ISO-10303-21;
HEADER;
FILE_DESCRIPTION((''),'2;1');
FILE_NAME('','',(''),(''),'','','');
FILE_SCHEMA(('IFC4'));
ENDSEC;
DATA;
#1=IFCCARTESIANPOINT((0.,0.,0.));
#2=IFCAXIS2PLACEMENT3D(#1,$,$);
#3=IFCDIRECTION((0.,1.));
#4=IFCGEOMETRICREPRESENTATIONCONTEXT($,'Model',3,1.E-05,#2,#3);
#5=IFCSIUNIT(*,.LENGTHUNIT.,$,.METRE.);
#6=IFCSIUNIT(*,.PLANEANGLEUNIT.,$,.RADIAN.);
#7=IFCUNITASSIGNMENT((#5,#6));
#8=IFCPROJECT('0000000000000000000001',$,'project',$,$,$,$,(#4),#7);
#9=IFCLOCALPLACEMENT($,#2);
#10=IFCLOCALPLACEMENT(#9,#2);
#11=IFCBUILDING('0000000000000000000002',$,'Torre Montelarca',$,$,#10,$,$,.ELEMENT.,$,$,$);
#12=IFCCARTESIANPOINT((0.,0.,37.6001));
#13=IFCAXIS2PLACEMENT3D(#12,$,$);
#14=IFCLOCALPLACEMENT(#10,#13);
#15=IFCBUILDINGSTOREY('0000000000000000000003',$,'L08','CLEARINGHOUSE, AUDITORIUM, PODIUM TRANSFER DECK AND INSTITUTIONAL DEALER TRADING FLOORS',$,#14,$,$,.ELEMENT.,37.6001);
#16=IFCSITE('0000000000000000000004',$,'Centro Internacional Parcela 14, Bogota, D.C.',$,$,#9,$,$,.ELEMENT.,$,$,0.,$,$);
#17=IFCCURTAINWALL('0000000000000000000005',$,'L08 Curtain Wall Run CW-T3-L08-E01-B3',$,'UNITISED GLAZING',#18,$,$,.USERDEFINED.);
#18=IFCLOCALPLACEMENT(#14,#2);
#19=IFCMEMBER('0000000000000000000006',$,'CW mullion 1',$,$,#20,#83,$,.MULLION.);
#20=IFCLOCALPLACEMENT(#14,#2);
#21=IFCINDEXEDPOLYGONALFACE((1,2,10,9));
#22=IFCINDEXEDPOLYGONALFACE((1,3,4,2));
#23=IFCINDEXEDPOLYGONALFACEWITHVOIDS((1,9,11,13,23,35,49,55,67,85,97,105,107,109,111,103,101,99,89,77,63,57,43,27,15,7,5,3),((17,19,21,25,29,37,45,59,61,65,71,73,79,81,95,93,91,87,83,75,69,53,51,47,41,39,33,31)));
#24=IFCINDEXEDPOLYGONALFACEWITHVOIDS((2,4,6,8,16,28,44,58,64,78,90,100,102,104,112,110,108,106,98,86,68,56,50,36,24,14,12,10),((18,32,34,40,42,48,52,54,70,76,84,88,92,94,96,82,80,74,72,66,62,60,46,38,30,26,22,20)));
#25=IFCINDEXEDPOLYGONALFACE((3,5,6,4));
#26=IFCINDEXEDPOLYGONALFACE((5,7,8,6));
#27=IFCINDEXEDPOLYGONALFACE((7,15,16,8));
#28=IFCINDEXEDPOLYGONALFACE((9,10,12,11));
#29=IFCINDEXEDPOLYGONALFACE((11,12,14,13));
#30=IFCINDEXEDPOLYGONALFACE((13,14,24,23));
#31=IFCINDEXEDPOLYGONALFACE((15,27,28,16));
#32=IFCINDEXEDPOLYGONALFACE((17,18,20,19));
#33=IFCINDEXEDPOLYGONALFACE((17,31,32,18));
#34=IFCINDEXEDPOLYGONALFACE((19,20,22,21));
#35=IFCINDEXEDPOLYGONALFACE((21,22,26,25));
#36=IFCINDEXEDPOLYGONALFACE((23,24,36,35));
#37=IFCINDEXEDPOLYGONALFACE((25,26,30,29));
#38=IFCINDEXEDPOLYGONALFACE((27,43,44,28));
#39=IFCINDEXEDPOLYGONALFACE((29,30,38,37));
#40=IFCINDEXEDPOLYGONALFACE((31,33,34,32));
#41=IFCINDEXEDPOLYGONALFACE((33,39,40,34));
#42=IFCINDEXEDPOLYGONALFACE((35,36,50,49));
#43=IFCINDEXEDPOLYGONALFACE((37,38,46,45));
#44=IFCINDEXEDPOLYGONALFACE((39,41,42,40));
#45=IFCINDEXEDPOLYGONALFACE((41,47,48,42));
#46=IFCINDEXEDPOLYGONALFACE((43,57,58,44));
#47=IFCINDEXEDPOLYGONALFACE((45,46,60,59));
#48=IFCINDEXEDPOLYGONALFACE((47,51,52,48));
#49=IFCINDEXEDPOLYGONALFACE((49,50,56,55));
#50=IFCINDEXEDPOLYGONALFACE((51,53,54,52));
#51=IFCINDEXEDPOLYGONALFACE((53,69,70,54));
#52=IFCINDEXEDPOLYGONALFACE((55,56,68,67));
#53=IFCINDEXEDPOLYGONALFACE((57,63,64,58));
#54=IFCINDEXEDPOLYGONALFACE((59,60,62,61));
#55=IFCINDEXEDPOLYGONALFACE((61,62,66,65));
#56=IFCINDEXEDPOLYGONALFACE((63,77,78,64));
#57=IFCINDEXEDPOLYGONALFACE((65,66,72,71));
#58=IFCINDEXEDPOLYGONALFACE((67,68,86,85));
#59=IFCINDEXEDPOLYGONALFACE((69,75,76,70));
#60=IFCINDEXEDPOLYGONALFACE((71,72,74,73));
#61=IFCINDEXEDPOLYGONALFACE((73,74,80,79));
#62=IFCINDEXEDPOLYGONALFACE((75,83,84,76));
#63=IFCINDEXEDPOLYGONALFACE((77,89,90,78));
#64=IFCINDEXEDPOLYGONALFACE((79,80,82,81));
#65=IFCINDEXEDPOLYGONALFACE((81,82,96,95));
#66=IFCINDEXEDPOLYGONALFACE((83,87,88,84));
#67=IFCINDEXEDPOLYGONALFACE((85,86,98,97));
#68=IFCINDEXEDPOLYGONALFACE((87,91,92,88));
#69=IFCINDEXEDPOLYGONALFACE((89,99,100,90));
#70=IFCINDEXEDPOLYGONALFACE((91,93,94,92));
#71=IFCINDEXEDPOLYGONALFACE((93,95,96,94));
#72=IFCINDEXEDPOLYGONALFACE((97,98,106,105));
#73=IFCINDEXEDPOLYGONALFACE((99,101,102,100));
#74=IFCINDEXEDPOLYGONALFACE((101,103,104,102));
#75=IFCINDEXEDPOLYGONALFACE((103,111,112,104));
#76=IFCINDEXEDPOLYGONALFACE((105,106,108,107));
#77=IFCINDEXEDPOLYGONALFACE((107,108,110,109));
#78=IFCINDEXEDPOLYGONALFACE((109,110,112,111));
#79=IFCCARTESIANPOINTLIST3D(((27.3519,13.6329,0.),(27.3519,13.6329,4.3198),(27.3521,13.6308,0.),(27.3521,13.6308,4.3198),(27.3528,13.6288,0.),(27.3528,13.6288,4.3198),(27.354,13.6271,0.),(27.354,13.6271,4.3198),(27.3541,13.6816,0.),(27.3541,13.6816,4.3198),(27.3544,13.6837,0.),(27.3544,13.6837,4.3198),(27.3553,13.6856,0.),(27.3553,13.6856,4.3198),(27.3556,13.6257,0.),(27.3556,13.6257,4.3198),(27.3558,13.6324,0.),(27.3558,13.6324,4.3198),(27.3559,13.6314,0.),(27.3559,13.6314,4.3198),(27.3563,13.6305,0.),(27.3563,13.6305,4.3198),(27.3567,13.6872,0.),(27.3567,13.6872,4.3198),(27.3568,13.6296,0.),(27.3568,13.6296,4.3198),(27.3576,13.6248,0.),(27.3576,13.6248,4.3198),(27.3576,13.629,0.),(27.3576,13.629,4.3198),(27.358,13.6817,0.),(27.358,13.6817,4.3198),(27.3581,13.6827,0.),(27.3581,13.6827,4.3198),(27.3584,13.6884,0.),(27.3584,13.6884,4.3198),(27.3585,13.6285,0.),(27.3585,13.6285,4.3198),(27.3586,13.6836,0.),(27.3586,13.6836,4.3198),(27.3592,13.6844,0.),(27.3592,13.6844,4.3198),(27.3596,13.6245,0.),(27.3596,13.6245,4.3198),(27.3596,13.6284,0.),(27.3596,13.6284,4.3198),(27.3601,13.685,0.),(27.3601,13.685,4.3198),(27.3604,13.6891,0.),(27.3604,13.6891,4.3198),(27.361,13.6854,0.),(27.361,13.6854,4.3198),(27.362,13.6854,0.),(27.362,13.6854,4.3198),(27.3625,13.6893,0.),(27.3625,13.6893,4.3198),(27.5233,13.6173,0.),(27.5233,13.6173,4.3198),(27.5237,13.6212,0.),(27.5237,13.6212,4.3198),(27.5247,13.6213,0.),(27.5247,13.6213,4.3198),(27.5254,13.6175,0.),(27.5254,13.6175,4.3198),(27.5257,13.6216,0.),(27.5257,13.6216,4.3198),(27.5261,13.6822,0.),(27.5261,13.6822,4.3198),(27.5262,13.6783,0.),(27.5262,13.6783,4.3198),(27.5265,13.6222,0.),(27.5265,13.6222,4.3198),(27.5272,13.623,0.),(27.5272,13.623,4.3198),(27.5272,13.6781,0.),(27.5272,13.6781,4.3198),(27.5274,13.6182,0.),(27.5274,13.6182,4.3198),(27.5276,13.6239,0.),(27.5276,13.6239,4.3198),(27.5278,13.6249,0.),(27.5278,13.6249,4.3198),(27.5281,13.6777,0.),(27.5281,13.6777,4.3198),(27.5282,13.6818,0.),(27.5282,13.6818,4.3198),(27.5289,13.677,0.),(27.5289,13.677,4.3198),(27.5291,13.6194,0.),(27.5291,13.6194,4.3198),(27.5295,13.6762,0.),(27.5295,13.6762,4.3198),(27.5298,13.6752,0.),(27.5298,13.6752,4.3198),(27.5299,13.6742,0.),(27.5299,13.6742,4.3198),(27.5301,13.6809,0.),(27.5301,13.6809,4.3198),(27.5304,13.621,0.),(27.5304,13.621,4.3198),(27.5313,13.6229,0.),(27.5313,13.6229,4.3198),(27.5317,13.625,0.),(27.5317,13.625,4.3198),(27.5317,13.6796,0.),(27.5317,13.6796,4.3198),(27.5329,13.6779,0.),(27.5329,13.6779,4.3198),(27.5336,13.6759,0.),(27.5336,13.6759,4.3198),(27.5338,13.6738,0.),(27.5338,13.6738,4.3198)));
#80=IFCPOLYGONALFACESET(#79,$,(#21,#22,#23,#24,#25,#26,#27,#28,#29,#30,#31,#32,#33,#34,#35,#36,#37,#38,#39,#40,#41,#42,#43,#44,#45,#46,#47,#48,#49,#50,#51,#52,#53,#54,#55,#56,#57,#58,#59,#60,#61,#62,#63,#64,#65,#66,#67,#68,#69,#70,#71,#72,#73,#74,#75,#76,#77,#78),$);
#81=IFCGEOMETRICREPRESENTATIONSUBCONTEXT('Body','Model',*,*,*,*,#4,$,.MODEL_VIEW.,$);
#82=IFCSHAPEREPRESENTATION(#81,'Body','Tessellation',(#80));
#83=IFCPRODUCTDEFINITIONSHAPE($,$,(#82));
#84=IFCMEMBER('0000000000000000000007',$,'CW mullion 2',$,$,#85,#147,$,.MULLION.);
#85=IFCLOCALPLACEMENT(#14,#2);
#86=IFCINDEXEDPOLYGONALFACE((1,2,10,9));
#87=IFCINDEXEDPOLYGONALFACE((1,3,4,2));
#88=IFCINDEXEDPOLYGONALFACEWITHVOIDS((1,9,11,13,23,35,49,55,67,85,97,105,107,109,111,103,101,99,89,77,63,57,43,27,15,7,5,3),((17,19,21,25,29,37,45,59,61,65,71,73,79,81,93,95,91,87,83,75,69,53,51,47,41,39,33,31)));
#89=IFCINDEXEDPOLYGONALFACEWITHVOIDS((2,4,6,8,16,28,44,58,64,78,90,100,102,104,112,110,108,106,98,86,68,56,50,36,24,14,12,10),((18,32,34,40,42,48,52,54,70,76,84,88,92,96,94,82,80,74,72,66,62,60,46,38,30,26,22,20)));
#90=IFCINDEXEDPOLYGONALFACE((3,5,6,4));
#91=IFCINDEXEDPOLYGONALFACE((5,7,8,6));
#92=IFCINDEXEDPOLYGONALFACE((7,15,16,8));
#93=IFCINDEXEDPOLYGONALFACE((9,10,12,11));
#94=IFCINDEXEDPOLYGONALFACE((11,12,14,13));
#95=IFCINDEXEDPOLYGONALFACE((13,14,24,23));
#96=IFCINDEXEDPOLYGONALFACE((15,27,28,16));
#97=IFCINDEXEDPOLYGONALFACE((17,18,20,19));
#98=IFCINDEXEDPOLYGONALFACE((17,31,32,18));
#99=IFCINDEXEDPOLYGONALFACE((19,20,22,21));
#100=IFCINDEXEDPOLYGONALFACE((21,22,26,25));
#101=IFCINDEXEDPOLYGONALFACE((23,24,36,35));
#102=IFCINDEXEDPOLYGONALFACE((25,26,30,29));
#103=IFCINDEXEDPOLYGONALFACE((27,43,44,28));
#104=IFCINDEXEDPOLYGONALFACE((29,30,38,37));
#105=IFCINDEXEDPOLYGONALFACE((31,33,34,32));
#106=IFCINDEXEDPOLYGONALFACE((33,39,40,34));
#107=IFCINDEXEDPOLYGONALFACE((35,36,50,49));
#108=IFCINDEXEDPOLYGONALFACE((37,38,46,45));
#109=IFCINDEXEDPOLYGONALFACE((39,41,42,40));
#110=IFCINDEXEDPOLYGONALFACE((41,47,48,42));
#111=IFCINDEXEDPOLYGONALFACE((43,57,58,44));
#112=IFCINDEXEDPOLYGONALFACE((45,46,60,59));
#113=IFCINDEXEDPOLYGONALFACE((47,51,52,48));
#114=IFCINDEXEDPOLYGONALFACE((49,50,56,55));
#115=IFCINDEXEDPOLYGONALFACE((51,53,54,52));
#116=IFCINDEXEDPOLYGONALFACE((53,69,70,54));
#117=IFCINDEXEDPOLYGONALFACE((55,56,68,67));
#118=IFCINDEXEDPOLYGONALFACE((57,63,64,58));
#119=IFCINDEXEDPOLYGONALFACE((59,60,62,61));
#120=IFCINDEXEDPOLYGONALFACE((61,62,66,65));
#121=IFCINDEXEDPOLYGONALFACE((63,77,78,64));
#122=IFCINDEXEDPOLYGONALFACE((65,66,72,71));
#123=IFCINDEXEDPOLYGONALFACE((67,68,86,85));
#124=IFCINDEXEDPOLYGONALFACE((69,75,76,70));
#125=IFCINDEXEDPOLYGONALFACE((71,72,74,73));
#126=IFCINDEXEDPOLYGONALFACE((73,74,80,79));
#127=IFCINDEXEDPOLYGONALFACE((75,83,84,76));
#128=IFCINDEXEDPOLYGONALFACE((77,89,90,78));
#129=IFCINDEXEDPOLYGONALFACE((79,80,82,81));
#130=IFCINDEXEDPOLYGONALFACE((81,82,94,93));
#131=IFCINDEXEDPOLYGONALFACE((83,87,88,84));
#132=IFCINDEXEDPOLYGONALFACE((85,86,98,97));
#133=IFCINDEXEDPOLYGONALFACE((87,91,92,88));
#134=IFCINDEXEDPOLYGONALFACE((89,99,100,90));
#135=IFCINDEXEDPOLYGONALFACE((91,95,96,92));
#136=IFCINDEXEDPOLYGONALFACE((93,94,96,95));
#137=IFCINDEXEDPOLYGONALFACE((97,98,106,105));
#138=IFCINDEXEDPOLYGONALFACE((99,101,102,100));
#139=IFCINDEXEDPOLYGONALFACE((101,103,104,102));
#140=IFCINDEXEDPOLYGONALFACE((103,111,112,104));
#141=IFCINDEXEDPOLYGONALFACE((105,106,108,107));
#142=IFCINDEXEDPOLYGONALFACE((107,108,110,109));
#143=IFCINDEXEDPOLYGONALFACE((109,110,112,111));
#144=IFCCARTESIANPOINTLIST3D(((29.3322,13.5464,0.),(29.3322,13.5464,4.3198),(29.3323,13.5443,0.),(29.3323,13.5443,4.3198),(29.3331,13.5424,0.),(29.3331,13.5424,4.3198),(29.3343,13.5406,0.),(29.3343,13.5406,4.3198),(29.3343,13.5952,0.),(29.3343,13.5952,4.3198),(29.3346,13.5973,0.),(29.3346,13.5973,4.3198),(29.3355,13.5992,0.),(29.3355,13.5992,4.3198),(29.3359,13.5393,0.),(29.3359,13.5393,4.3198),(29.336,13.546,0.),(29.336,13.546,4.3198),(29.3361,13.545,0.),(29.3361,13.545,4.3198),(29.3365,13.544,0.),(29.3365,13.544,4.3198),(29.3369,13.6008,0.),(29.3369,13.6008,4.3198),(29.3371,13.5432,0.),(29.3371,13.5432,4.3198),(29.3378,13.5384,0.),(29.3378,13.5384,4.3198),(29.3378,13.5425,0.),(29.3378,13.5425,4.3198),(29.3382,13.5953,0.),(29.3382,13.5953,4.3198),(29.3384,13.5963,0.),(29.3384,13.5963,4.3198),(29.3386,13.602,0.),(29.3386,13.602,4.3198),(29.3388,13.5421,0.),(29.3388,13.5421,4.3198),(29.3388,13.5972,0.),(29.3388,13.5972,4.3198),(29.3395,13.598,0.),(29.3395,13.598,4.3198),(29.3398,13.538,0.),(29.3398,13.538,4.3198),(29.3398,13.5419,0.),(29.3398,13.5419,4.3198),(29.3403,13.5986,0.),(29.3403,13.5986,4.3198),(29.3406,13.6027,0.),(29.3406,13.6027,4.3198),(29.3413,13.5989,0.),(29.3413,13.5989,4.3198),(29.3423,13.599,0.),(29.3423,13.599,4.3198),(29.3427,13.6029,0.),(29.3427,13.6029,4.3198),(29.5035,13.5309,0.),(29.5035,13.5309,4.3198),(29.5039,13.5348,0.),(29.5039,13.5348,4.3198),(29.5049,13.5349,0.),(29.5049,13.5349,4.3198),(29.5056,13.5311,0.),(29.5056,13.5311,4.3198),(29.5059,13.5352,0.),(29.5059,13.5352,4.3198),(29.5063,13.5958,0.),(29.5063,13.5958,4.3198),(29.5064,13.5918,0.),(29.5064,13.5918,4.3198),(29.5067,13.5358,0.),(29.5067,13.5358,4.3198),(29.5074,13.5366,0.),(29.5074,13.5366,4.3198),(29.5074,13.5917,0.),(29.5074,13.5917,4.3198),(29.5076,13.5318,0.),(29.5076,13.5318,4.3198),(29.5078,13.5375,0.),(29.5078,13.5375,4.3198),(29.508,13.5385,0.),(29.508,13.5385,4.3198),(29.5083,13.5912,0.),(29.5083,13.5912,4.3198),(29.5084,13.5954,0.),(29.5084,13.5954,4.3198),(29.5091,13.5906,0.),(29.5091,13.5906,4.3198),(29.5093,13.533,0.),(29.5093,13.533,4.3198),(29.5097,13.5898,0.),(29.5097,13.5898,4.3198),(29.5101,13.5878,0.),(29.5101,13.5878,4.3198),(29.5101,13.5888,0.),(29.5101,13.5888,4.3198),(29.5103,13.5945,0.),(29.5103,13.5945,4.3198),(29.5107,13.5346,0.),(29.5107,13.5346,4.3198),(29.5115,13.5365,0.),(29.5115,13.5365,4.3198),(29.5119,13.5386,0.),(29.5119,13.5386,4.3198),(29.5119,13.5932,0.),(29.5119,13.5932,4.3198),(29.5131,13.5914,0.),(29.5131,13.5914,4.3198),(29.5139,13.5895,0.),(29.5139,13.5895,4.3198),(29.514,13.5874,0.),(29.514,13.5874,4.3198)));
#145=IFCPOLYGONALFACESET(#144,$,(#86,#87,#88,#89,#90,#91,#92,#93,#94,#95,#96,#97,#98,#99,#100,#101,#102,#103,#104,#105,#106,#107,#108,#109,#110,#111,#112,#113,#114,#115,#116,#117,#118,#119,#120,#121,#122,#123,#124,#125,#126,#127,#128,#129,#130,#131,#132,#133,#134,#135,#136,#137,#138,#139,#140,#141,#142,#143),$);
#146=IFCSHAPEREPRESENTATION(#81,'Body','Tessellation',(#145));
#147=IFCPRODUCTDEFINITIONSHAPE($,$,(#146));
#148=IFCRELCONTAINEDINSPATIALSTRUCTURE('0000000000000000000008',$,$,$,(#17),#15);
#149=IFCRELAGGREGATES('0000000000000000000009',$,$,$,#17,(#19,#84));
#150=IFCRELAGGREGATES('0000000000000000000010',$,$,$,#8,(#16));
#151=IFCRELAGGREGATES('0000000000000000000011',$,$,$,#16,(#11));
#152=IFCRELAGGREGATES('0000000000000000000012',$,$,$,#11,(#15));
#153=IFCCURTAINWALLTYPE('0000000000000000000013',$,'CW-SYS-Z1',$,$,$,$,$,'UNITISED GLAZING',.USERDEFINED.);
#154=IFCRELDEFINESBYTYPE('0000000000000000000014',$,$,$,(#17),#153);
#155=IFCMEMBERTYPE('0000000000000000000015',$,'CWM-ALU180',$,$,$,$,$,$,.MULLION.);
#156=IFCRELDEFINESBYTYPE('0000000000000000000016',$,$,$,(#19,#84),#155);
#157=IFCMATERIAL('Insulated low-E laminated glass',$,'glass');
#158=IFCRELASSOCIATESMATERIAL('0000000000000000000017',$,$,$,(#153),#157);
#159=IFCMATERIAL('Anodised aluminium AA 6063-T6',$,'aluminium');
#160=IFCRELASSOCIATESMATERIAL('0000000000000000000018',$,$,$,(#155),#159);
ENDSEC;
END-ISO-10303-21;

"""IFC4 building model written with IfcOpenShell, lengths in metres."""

from ifc_helpers import new_model, si_unit, direction, frame, origin, origin_2d, place, context, subcontext, project, spatial, hollow_rectangle, extrude, source, transform, mapped, material, material_profile, profile_set, type_object, element, aggregate, save


model = new_model("IFC4")

# Units and contexts
model_context = context("Model", 3, precision=1e-05, world=origin(), true_north=direction((0.0, 1.0)))
body_context = subcontext(model_context, "Body", "Model", "MODEL_VIEW")
ifc_project = project(units=[si_unit("LENGTHUNIT", "METRE"), si_unit("PLANEANGLEUNIT", "RADIAN")], contexts=[model_context])

# Site, building, storey
site_placement = place(None, origin())
site = spatial("IfcSite", under=ifc_project, at=site_placement, Name="Centro Internacional Parcela 14, Bogota, D.C.", CompositionType="ELEMENT", RefElevation=0.0)
building_placement = place(site_placement, origin())
building = spatial("IfcBuilding", under=site, at=building_placement, Name="Torre Montelarca", CompositionType="ELEMENT")
storey_placement = place(building_placement, frame((0.0, 0.0, 37.6001)))
storey = spatial("IfcBuildingStorey", under=building, at=storey_placement, Name="L08", Description="CLEARINGHOUSE, AUDITORIUM, PODIUM TRANSFER DECK AND INSTITUTIONAL DEALER TRADING FLOORS", CompositionType="ELEMENT", Elevation=37.6001)

# Curtain wall
ifc_material_1 = material(Name="Insulated low-E laminated glass", Category="glass")
curtain_wall_type = type_object("IfcCurtainWallType", Name="CW-SYS-Z1", ElementType="UNITISED GLAZING", PredefinedType="USERDEFINED", material=ifc_material_1)
curtain_wall_1_placement = place(storey_placement, origin())
curtain_wall_1 = element("IfcCurtainWall", 1, at=curtain_wall_1_placement, inside=storey, type_object=curtain_wall_type, Name="L08 Curtain Wall Run CW-T3-L08-E01-B3", ObjectType="UNITISED GLAZING", PredefinedType="USERDEFINED")
ifc_material_2 = material(Name="Anodised aluminium AA 6063-T6", Category="aluminium")
ifc_material_profile_1 = material_profile(ifc_material_2, hollow_rectangle(XDim=0.0649, YDim=0.1799, WallThickness=0.0039, InnerFilletRadius=0.0039, OuterFilletRadius=0.0081, at=origin_2d()), Name="ALU65X180X4", Category="aluminium")
ifc_profile_set_1 = profile_set([ifc_material_profile_1], Name="Anodised aluminium AA 6063-T6")
member_type_1 = type_object("IfcMemberType", Name="CWM-ALU180", PredefinedType="MULLION", material=ifc_profile_set_1)
shared_shape_1 = source(origin(), body_context, "Body", "SweptSolid", [
    extrude(hollow_rectangle(XDim=0.0649, YDim=0.1799, WallThickness=0.0039, InnerFilletRadius=0.0039, OuterFilletRadius=0.0081, at=origin_2d()), origin(), (0.0, 0.0, 1.0), 4.3198),
])

# Members
member_1_placement = place(storey_placement, frame((27.4429, 13.6533, 0.0), z_axis=(0.0, 0.0, 1.0), x_axis=(0.043606, 0.999049, 0.0)))
member_1 = element("IfcMember", 2, at=member_1_placement, type_object=member_type_1, Name="CW mullion 1", PredefinedType="MULLION", context=body_context, shape_type="MappedRepresentation", body=[
    mapped(shared_shape_1, transform((0.0, 0.0, 0.0), scale=1.0)),
])
member_2_placement = place(storey_placement, frame((29.4231, 13.5669, 0.0), z_axis=(0.0, 0.0, 1.0), x_axis=(0.043606, 0.999049, 0.0)))
member_2 = element("IfcMember", 3, at=member_2_placement, type_object=member_type_1, Name="CW mullion 2", PredefinedType="MULLION", context=body_context, shape_type="MappedRepresentation", body=[
    mapped(shared_shape_1, transform((0.0, 0.0, 0.0), scale=1.0)),
])

aggregate(curtain_wall_1, [member_1, member_2])

save(model, "model.ifc")
